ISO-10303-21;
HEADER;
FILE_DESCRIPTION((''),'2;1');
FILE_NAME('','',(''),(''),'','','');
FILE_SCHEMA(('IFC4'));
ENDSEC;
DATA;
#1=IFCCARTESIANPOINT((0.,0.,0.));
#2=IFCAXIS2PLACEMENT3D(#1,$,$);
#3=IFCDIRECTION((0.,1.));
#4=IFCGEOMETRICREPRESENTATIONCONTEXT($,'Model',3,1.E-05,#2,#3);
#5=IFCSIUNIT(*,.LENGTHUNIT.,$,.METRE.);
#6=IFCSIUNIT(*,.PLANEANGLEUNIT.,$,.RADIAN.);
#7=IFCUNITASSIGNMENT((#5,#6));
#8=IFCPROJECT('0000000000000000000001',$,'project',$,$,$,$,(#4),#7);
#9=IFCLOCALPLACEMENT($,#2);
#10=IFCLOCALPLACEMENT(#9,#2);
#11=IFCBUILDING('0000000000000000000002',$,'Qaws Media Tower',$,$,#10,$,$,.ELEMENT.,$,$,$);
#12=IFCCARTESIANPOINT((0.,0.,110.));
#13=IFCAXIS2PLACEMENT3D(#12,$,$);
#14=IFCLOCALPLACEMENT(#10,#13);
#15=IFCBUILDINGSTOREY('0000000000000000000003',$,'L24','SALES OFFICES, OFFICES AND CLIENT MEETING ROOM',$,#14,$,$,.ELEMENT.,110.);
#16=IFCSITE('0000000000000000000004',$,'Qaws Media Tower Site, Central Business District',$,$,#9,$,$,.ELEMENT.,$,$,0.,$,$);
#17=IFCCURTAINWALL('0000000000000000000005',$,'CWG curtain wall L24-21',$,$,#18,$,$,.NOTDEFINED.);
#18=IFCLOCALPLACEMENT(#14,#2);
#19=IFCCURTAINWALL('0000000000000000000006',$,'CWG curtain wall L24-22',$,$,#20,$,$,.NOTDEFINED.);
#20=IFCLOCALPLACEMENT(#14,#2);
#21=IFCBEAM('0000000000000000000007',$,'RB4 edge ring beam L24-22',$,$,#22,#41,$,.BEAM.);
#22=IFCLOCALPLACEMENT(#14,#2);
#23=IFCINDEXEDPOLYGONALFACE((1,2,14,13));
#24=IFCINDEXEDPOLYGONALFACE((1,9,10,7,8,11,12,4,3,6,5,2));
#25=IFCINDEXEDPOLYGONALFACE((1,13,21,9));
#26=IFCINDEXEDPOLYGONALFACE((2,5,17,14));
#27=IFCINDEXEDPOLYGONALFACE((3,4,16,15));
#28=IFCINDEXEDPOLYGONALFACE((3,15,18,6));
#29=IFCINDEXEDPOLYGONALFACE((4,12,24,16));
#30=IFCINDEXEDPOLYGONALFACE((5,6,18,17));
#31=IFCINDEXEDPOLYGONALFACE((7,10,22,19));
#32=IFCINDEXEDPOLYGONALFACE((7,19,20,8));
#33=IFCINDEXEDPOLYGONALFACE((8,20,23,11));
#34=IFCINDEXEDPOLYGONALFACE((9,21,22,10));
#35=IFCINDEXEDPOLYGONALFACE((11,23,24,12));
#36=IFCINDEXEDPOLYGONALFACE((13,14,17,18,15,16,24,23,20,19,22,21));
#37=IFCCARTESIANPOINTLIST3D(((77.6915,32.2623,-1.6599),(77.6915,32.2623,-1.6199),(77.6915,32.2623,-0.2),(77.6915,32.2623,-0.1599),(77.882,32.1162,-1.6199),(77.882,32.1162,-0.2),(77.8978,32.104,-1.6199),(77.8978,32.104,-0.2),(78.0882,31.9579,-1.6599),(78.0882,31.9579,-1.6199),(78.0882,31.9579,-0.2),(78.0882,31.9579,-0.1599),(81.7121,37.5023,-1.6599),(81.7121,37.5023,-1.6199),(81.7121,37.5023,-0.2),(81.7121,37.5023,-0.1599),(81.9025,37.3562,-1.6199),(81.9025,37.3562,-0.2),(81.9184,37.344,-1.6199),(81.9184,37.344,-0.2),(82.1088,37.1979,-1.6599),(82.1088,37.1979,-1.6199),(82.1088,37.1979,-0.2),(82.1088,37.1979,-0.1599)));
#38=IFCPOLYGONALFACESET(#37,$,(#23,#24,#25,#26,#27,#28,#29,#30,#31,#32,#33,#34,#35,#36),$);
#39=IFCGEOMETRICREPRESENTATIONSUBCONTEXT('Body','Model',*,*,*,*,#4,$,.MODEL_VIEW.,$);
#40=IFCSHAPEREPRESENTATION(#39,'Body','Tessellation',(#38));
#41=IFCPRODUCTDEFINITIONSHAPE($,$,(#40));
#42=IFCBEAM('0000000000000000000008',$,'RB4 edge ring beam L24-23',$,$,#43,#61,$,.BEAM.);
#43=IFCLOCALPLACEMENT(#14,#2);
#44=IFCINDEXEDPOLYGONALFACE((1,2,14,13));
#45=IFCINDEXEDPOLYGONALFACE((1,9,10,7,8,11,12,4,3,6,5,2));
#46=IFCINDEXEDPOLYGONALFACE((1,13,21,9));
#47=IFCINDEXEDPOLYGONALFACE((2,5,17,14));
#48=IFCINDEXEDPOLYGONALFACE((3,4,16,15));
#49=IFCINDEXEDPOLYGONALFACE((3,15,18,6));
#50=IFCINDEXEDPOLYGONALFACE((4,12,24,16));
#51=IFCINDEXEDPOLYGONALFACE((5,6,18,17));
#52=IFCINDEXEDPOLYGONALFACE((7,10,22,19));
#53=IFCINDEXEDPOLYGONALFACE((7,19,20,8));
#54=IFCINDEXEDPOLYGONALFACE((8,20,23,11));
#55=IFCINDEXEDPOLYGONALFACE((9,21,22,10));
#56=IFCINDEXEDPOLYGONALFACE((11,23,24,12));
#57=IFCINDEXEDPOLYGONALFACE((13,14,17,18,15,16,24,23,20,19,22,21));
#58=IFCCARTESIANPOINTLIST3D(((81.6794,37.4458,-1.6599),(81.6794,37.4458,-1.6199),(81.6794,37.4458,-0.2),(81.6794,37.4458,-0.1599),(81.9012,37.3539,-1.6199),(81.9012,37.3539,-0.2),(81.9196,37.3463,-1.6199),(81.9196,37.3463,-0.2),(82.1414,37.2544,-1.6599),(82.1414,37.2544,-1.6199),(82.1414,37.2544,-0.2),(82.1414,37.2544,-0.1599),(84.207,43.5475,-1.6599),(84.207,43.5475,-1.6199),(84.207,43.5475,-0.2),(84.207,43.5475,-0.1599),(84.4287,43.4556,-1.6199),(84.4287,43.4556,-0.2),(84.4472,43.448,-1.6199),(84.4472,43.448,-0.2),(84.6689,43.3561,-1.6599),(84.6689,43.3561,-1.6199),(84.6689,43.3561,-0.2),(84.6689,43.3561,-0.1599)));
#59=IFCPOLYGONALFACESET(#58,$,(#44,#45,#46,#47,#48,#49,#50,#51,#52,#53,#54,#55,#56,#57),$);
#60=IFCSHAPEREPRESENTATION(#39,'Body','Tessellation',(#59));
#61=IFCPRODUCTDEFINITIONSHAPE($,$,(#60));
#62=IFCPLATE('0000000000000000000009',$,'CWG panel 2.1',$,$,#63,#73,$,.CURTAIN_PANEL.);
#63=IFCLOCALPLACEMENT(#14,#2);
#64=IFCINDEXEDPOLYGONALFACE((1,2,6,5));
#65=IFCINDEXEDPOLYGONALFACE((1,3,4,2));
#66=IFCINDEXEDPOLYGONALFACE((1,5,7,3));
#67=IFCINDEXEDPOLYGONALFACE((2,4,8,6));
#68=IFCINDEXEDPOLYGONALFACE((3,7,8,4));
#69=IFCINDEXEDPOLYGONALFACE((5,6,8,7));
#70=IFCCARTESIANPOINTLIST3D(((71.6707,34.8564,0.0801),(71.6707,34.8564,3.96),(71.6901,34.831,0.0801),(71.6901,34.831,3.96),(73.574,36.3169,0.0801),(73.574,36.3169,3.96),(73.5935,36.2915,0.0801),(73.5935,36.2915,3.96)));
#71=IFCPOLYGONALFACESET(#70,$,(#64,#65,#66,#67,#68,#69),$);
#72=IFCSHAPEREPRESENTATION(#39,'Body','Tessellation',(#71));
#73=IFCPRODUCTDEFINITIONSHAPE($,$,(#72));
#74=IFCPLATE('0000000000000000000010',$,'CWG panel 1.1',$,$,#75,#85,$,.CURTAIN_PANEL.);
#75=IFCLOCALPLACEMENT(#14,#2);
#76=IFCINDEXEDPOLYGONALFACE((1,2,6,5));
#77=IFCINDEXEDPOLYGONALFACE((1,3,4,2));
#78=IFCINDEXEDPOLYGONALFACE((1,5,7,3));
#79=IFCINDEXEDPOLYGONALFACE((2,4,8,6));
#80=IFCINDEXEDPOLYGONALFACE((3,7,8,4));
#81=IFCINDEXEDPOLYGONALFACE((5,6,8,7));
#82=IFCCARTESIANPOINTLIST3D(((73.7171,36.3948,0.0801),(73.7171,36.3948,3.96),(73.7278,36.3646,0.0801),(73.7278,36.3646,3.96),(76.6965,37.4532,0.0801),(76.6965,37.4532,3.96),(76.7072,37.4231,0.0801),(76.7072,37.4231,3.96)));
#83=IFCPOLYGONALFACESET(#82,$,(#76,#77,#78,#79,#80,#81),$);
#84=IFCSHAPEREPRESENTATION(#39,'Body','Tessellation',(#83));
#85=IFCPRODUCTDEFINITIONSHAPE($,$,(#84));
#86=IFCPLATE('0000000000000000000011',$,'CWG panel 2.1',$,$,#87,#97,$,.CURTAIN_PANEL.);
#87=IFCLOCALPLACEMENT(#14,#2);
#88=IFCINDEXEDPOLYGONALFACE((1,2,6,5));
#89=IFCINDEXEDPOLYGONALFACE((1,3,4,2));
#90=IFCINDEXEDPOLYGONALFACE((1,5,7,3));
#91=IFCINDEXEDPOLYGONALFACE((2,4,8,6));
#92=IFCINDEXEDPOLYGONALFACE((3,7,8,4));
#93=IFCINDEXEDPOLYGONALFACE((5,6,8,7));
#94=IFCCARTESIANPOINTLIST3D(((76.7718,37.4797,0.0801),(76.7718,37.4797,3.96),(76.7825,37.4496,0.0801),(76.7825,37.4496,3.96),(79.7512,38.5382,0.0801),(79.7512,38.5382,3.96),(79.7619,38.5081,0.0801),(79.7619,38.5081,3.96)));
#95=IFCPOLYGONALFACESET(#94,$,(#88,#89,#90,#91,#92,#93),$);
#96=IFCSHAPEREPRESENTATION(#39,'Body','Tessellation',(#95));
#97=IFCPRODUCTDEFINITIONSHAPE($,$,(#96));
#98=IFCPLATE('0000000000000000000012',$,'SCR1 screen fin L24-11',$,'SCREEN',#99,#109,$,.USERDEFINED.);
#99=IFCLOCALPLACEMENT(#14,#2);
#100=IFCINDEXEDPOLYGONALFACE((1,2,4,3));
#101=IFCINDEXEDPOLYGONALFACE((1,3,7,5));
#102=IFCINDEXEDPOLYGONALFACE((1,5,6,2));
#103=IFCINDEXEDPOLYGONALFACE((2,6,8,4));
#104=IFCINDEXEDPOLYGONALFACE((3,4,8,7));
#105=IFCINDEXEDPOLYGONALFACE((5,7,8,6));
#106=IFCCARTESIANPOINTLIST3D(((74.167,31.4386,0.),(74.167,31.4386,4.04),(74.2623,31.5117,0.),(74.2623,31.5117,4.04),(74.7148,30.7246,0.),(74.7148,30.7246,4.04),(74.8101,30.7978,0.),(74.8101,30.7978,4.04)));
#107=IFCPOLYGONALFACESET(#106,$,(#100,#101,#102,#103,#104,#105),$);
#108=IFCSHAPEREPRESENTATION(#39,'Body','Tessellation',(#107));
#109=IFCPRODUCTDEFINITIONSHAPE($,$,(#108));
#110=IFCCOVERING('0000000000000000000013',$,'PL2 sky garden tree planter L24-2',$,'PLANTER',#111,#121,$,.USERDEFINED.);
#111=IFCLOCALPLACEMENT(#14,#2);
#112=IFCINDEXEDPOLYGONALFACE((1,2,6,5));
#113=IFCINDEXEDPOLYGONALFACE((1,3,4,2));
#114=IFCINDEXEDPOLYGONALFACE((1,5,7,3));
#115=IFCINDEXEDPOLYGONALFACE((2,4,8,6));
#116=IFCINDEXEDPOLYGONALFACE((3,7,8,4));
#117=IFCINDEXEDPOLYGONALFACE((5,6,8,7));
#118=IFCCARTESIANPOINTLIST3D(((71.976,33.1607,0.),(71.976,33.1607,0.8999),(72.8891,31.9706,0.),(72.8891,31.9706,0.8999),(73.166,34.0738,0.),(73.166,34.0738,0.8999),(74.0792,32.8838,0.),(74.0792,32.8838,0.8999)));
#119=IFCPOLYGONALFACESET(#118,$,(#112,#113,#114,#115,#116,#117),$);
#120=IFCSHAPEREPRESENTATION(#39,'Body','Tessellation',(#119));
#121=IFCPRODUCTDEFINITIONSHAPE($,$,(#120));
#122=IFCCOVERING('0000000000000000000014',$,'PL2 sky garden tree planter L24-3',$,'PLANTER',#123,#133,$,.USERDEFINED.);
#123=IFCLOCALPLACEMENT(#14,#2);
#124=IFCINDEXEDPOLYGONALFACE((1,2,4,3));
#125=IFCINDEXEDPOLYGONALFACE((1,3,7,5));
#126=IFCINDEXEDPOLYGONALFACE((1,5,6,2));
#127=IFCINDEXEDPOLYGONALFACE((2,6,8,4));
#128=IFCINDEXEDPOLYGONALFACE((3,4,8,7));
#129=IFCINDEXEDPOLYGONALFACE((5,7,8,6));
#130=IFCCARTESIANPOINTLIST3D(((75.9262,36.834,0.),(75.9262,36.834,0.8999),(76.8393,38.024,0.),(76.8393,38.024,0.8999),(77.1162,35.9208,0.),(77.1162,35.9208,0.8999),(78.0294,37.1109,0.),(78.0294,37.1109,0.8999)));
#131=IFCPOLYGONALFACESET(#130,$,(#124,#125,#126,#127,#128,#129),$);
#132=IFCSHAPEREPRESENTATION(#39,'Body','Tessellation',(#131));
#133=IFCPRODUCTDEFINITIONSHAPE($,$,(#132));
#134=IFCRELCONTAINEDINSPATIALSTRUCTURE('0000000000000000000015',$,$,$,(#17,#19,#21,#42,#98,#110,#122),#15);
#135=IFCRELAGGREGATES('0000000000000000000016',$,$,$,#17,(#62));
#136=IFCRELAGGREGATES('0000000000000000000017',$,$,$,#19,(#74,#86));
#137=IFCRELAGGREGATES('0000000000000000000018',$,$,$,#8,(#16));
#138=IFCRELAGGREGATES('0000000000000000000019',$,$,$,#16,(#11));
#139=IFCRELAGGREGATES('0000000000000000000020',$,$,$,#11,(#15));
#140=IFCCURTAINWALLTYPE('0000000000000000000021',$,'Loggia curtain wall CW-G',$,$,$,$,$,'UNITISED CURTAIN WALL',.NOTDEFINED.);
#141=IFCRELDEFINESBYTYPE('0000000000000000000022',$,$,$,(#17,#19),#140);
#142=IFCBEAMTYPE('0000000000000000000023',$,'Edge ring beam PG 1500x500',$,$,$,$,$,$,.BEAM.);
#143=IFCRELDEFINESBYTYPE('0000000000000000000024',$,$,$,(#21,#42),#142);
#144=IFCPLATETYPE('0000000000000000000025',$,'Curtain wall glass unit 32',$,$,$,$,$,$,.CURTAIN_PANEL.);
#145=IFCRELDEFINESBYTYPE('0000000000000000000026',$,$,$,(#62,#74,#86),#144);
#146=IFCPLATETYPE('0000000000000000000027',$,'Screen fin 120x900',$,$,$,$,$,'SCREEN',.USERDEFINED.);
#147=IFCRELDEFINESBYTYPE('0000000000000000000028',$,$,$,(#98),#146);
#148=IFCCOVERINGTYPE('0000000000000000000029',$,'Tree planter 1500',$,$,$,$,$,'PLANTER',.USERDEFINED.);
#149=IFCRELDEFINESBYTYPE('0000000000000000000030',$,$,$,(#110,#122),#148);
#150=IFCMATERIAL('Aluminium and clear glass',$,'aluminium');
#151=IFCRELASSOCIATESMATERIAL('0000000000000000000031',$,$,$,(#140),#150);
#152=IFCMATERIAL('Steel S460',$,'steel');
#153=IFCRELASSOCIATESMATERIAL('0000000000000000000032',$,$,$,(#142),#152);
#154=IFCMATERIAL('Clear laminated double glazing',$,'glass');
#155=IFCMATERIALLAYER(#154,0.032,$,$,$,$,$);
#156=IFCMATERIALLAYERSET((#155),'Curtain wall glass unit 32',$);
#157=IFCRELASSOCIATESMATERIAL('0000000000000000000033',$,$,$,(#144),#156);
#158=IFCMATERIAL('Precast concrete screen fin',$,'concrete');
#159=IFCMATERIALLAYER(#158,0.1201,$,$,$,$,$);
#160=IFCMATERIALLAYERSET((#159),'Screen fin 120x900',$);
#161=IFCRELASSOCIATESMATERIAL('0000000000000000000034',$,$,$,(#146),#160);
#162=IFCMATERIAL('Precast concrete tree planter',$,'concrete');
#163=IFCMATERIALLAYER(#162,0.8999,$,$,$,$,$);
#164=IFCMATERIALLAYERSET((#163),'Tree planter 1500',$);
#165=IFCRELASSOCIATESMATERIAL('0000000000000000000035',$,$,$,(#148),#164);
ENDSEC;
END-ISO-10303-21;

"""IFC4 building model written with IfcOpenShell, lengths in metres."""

from ifc_helpers import new_model, si_unit, direction, frame, origin, origin_2d, place, context, subcontext, project, spatial, rectangle, i_section, extrude, material, layer, layer_set, material_profile, profile_set, type_object, element, aggregate, save


model = new_model("IFC4")

# Units and contexts
model_context = context("Model", 3, precision=1e-05, world=origin(), true_north=direction((0.0, 1.0)))
body_context = subcontext(model_context, "Body", "Model", "MODEL_VIEW")
ifc_project = project(units=[si_unit("LENGTHUNIT", "METRE"), si_unit("PLANEANGLEUNIT", "RADIAN")], contexts=[model_context])

# Site, building, storey
site_placement = place(None, origin())
site = spatial("IfcSite", under=ifc_project, at=site_placement, Name="Qaws Media Tower Site, Central Business District", CompositionType="ELEMENT", RefElevation=0.0)
building_placement = place(site_placement, origin())
building = spatial("IfcBuilding", under=site, at=building_placement, Name="Qaws Media Tower", CompositionType="ELEMENT")
storey_placement = place(building_placement, frame((0.0, 0.0, 110.0)))
storey = spatial("IfcBuildingStorey", under=building, at=storey_placement, Name="L24", Description="SALES OFFICES, OFFICES AND CLIENT MEETING ROOM", CompositionType="ELEMENT", Elevation=110.0)

# Curtain walls
ifc_material_1 = material(Name="Aluminium and clear glass", Category="aluminium")
curtain_wall_type_1 = type_object("IfcCurtainWallType", Name="Loggia curtain wall CW-G", ElementType="UNITISED CURTAIN WALL", PredefinedType="NOTDEFINED", material=ifc_material_1)
curtain_wall_1_placement = place(storey_placement, origin())
curtain_wall_1 = element("IfcCurtainWall", 1, at=curtain_wall_1_placement, inside=storey, type_object=curtain_wall_type_1, Name="CWG curtain wall L24-21", PredefinedType="NOTDEFINED")
curtain_wall_2_placement = place(storey_placement, origin())
curtain_wall_2 = element("IfcCurtainWall", 2, at=curtain_wall_2_placement, inside=storey, type_object=curtain_wall_type_1, Name="CWG curtain wall L24-22", PredefinedType="NOTDEFINED")

# Beams
ifc_material_2 = material(Name="Steel S460", Category="steel")
ifc_material_profile_1 = material_profile(ifc_material_2, i_section(OverallWidth=0.5, OverallDepth=1.5, WebThickness=0.02, FlangeThickness=0.04, at=origin_2d()), Name="PG 1500x500")
ifc_profile_set_1 = profile_set([ifc_material_profile_1], Name="Steel S460")
beam_type = type_object("IfcBeamType", Name="Edge ring beam PG 1500x500", PredefinedType="BEAM", material=ifc_profile_set_1)
for number, where, z_axis, x_axis, name in (
    (3, (77.8899, 32.1101, -0.9099), (0.608735, 0.793374, 0.0), (-0.793374, 0.608735, 0.0), "RB4 edge ring beam L24-22"),
):
    element("IfcBeam", number, at=place(storey_placement, frame(where, z_axis=z_axis, x_axis=x_axis)), inside=storey, type_object=beam_type, Name=name, PredefinedType="BEAM", context=body_context, shape_type="SweptSolid", body=[
        extrude(i_section(OverallWidth=0.5, OverallDepth=1.5, WebThickness=0.02, FlangeThickness=0.04, at=origin_2d()), origin(), (0.0, 0.0, 1.0), 6.6047),
    ])
beam_placement = place(storey_placement, frame((81.9104, 37.3501, -0.9099), z_axis=(0.382701, 0.923872, 0.0), x_axis=(-0.923872, 0.382701, 0.0)))
element("IfcBeam", 4, at=beam_placement, inside=storey, type_object=beam_type, Name="RB4 edge ring beam L24-23", PredefinedType="BEAM", context=body_context, shape_type="SweptSolid", body=[
    extrude(i_section(OverallWidth=0.5, OverallDepth=1.5, WebThickness=0.02, FlangeThickness=0.04, at=origin_2d()), origin(), (0.0, 0.0, 1.0), 6.6045),
])

# Plates
ifc_material_3 = material(Name="Clear laminated double glazing", Category="glass")
ifc_layer_1 = layer(ifc_material_3, 0.032)
ifc_layer_set_1 = layer_set([ifc_layer_1], Name="Curtain wall glass unit 32")
plate_type_1 = type_object("IfcPlateType", Name="Curtain wall glass unit 32", PredefinedType="CURTAIN_PANEL", material=ifc_layer_set_1)
plate_1_placement = place(storey_placement, frame((72.6321, 35.574, 0.0801), z_axis=(0.0, 0.0, 1.0), x_axis=(0.793353, 0.608761, 0.0)))
plate_1 = element("IfcPlate", 5, at=plate_1_placement, type_object=plate_type_1, Name="CWG panel 2.1", PredefinedType="CURTAIN_PANEL", context=body_context, shape_type="SweptSolid", body=[
    extrude(rectangle(XDim=2.3992, YDim=0.032, at=origin_2d()), origin(), (0.0, 0.0, 1.0), 3.8799),
])
aggregate(curtain_wall_1, [plate_1])
plate_2_placement = place(storey_placement, frame((75.2122, 36.9089, 0.0801), z_axis=(0.0, 0.0, 1.0), x_axis=(0.942305, 0.334754, 0.0)))
plate_2 = element("IfcPlate", 6, at=plate_2_placement, type_object=plate_type_1, Name="CWG panel 1.1", PredefinedType="CURTAIN_PANEL", context=body_context, shape_type="SweptSolid", body=[
    extrude(rectangle(XDim=3.1619, YDim=0.032, at=origin_2d()), origin(), (0.0, 0.0, 1.0), 3.8799),
])
plate_3_placement = place(storey_placement, frame((78.2668, 37.9939, 0.0801), z_axis=(0.0, 0.0, 1.0), x_axis=(0.942305, 0.334754, 0.0)))
plate_3 = element("IfcPlate", 7, at=plate_3_placement, type_object=plate_type_1, Name="CWG panel 2.1", PredefinedType="CURTAIN_PANEL", context=body_context, shape_type="SweptSolid", body=[
    extrude(rectangle(XDim=3.1619, YDim=0.032, at=origin_2d()), origin(), (0.0, 0.0, 1.0), 3.8799),
])
aggregate(curtain_wall_2, [plate_2, plate_3])
ifc_material_4 = material(Name="Precast concrete screen fin", Category="concrete")
ifc_layer_2 = layer(ifc_material_4, 0.1201)
ifc_layer_set_2 = layer_set([ifc_layer_2], Name="Screen fin 120x900")
plate_type_2 = type_object("IfcPlateType", Name="Screen fin 120x900", ElementType="SCREEN", PredefinedType="USERDEFINED", material=ifc_layer_set_2)
plate_4_placement = place(storey_placement, frame((74.4885, 31.1182, 0.0), z_axis=(0.0, 0.0, 1.0), x_axis=(0.608761, -0.793353, 0.0)))
element("IfcPlate", 8, at=plate_4_placement, inside=storey, type_object=plate_type_2, Name="SCR1 screen fin L24-11", ObjectType="SCREEN", PredefinedType="USERDEFINED", context=body_context, shape_type="SweptSolid", body=[
    extrude(rectangle(XDim=0.8999, YDim=0.1201, at=origin_2d()), origin(), (0.0, 0.0, 1.0), 4.04),
])

# Coverings
ifc_material_5 = material(Name="Precast concrete tree planter", Category="concrete")
ifc_layer_3 = layer(ifc_material_5, 0.8999)
ifc_layer_set_3 = layer_set([ifc_layer_3], Name="Tree planter 1500")
covering_type = type_object("IfcCoveringType", Name="Tree planter 1500", ElementType="PLANTER", PredefinedType="USERDEFINED", material=ifc_layer_set_3)
for number, where, z_axis, x_axis, name in (
    (9, (73.0276, 33.0222, 0.0), (0.0, 0.0, 1.0), (0.608761, -0.793353, 0.0), "PL2 sky garden tree planter L24-2"),
    (10, (76.9778, 36.9724, 0.0), (0.0, 0.0, 1.0), (0.793353, -0.608761, 0.0), "PL2 sky garden tree planter L24-3"),
):
    element("IfcCovering", number, at=place(storey_placement, frame(where, z_axis=z_axis, x_axis=x_axis)), inside=storey, type_object=covering_type, Name=name, ObjectType="PLANTER", PredefinedType="USERDEFINED", context=body_context, shape_type="SweptSolid", body=[
        extrude(rectangle(XDim=1.5, YDim=1.5, at=origin_2d()), origin(), (0.0, 0.0, 1.0), 0.8999),
    ])

save(model, "model.ifc")
